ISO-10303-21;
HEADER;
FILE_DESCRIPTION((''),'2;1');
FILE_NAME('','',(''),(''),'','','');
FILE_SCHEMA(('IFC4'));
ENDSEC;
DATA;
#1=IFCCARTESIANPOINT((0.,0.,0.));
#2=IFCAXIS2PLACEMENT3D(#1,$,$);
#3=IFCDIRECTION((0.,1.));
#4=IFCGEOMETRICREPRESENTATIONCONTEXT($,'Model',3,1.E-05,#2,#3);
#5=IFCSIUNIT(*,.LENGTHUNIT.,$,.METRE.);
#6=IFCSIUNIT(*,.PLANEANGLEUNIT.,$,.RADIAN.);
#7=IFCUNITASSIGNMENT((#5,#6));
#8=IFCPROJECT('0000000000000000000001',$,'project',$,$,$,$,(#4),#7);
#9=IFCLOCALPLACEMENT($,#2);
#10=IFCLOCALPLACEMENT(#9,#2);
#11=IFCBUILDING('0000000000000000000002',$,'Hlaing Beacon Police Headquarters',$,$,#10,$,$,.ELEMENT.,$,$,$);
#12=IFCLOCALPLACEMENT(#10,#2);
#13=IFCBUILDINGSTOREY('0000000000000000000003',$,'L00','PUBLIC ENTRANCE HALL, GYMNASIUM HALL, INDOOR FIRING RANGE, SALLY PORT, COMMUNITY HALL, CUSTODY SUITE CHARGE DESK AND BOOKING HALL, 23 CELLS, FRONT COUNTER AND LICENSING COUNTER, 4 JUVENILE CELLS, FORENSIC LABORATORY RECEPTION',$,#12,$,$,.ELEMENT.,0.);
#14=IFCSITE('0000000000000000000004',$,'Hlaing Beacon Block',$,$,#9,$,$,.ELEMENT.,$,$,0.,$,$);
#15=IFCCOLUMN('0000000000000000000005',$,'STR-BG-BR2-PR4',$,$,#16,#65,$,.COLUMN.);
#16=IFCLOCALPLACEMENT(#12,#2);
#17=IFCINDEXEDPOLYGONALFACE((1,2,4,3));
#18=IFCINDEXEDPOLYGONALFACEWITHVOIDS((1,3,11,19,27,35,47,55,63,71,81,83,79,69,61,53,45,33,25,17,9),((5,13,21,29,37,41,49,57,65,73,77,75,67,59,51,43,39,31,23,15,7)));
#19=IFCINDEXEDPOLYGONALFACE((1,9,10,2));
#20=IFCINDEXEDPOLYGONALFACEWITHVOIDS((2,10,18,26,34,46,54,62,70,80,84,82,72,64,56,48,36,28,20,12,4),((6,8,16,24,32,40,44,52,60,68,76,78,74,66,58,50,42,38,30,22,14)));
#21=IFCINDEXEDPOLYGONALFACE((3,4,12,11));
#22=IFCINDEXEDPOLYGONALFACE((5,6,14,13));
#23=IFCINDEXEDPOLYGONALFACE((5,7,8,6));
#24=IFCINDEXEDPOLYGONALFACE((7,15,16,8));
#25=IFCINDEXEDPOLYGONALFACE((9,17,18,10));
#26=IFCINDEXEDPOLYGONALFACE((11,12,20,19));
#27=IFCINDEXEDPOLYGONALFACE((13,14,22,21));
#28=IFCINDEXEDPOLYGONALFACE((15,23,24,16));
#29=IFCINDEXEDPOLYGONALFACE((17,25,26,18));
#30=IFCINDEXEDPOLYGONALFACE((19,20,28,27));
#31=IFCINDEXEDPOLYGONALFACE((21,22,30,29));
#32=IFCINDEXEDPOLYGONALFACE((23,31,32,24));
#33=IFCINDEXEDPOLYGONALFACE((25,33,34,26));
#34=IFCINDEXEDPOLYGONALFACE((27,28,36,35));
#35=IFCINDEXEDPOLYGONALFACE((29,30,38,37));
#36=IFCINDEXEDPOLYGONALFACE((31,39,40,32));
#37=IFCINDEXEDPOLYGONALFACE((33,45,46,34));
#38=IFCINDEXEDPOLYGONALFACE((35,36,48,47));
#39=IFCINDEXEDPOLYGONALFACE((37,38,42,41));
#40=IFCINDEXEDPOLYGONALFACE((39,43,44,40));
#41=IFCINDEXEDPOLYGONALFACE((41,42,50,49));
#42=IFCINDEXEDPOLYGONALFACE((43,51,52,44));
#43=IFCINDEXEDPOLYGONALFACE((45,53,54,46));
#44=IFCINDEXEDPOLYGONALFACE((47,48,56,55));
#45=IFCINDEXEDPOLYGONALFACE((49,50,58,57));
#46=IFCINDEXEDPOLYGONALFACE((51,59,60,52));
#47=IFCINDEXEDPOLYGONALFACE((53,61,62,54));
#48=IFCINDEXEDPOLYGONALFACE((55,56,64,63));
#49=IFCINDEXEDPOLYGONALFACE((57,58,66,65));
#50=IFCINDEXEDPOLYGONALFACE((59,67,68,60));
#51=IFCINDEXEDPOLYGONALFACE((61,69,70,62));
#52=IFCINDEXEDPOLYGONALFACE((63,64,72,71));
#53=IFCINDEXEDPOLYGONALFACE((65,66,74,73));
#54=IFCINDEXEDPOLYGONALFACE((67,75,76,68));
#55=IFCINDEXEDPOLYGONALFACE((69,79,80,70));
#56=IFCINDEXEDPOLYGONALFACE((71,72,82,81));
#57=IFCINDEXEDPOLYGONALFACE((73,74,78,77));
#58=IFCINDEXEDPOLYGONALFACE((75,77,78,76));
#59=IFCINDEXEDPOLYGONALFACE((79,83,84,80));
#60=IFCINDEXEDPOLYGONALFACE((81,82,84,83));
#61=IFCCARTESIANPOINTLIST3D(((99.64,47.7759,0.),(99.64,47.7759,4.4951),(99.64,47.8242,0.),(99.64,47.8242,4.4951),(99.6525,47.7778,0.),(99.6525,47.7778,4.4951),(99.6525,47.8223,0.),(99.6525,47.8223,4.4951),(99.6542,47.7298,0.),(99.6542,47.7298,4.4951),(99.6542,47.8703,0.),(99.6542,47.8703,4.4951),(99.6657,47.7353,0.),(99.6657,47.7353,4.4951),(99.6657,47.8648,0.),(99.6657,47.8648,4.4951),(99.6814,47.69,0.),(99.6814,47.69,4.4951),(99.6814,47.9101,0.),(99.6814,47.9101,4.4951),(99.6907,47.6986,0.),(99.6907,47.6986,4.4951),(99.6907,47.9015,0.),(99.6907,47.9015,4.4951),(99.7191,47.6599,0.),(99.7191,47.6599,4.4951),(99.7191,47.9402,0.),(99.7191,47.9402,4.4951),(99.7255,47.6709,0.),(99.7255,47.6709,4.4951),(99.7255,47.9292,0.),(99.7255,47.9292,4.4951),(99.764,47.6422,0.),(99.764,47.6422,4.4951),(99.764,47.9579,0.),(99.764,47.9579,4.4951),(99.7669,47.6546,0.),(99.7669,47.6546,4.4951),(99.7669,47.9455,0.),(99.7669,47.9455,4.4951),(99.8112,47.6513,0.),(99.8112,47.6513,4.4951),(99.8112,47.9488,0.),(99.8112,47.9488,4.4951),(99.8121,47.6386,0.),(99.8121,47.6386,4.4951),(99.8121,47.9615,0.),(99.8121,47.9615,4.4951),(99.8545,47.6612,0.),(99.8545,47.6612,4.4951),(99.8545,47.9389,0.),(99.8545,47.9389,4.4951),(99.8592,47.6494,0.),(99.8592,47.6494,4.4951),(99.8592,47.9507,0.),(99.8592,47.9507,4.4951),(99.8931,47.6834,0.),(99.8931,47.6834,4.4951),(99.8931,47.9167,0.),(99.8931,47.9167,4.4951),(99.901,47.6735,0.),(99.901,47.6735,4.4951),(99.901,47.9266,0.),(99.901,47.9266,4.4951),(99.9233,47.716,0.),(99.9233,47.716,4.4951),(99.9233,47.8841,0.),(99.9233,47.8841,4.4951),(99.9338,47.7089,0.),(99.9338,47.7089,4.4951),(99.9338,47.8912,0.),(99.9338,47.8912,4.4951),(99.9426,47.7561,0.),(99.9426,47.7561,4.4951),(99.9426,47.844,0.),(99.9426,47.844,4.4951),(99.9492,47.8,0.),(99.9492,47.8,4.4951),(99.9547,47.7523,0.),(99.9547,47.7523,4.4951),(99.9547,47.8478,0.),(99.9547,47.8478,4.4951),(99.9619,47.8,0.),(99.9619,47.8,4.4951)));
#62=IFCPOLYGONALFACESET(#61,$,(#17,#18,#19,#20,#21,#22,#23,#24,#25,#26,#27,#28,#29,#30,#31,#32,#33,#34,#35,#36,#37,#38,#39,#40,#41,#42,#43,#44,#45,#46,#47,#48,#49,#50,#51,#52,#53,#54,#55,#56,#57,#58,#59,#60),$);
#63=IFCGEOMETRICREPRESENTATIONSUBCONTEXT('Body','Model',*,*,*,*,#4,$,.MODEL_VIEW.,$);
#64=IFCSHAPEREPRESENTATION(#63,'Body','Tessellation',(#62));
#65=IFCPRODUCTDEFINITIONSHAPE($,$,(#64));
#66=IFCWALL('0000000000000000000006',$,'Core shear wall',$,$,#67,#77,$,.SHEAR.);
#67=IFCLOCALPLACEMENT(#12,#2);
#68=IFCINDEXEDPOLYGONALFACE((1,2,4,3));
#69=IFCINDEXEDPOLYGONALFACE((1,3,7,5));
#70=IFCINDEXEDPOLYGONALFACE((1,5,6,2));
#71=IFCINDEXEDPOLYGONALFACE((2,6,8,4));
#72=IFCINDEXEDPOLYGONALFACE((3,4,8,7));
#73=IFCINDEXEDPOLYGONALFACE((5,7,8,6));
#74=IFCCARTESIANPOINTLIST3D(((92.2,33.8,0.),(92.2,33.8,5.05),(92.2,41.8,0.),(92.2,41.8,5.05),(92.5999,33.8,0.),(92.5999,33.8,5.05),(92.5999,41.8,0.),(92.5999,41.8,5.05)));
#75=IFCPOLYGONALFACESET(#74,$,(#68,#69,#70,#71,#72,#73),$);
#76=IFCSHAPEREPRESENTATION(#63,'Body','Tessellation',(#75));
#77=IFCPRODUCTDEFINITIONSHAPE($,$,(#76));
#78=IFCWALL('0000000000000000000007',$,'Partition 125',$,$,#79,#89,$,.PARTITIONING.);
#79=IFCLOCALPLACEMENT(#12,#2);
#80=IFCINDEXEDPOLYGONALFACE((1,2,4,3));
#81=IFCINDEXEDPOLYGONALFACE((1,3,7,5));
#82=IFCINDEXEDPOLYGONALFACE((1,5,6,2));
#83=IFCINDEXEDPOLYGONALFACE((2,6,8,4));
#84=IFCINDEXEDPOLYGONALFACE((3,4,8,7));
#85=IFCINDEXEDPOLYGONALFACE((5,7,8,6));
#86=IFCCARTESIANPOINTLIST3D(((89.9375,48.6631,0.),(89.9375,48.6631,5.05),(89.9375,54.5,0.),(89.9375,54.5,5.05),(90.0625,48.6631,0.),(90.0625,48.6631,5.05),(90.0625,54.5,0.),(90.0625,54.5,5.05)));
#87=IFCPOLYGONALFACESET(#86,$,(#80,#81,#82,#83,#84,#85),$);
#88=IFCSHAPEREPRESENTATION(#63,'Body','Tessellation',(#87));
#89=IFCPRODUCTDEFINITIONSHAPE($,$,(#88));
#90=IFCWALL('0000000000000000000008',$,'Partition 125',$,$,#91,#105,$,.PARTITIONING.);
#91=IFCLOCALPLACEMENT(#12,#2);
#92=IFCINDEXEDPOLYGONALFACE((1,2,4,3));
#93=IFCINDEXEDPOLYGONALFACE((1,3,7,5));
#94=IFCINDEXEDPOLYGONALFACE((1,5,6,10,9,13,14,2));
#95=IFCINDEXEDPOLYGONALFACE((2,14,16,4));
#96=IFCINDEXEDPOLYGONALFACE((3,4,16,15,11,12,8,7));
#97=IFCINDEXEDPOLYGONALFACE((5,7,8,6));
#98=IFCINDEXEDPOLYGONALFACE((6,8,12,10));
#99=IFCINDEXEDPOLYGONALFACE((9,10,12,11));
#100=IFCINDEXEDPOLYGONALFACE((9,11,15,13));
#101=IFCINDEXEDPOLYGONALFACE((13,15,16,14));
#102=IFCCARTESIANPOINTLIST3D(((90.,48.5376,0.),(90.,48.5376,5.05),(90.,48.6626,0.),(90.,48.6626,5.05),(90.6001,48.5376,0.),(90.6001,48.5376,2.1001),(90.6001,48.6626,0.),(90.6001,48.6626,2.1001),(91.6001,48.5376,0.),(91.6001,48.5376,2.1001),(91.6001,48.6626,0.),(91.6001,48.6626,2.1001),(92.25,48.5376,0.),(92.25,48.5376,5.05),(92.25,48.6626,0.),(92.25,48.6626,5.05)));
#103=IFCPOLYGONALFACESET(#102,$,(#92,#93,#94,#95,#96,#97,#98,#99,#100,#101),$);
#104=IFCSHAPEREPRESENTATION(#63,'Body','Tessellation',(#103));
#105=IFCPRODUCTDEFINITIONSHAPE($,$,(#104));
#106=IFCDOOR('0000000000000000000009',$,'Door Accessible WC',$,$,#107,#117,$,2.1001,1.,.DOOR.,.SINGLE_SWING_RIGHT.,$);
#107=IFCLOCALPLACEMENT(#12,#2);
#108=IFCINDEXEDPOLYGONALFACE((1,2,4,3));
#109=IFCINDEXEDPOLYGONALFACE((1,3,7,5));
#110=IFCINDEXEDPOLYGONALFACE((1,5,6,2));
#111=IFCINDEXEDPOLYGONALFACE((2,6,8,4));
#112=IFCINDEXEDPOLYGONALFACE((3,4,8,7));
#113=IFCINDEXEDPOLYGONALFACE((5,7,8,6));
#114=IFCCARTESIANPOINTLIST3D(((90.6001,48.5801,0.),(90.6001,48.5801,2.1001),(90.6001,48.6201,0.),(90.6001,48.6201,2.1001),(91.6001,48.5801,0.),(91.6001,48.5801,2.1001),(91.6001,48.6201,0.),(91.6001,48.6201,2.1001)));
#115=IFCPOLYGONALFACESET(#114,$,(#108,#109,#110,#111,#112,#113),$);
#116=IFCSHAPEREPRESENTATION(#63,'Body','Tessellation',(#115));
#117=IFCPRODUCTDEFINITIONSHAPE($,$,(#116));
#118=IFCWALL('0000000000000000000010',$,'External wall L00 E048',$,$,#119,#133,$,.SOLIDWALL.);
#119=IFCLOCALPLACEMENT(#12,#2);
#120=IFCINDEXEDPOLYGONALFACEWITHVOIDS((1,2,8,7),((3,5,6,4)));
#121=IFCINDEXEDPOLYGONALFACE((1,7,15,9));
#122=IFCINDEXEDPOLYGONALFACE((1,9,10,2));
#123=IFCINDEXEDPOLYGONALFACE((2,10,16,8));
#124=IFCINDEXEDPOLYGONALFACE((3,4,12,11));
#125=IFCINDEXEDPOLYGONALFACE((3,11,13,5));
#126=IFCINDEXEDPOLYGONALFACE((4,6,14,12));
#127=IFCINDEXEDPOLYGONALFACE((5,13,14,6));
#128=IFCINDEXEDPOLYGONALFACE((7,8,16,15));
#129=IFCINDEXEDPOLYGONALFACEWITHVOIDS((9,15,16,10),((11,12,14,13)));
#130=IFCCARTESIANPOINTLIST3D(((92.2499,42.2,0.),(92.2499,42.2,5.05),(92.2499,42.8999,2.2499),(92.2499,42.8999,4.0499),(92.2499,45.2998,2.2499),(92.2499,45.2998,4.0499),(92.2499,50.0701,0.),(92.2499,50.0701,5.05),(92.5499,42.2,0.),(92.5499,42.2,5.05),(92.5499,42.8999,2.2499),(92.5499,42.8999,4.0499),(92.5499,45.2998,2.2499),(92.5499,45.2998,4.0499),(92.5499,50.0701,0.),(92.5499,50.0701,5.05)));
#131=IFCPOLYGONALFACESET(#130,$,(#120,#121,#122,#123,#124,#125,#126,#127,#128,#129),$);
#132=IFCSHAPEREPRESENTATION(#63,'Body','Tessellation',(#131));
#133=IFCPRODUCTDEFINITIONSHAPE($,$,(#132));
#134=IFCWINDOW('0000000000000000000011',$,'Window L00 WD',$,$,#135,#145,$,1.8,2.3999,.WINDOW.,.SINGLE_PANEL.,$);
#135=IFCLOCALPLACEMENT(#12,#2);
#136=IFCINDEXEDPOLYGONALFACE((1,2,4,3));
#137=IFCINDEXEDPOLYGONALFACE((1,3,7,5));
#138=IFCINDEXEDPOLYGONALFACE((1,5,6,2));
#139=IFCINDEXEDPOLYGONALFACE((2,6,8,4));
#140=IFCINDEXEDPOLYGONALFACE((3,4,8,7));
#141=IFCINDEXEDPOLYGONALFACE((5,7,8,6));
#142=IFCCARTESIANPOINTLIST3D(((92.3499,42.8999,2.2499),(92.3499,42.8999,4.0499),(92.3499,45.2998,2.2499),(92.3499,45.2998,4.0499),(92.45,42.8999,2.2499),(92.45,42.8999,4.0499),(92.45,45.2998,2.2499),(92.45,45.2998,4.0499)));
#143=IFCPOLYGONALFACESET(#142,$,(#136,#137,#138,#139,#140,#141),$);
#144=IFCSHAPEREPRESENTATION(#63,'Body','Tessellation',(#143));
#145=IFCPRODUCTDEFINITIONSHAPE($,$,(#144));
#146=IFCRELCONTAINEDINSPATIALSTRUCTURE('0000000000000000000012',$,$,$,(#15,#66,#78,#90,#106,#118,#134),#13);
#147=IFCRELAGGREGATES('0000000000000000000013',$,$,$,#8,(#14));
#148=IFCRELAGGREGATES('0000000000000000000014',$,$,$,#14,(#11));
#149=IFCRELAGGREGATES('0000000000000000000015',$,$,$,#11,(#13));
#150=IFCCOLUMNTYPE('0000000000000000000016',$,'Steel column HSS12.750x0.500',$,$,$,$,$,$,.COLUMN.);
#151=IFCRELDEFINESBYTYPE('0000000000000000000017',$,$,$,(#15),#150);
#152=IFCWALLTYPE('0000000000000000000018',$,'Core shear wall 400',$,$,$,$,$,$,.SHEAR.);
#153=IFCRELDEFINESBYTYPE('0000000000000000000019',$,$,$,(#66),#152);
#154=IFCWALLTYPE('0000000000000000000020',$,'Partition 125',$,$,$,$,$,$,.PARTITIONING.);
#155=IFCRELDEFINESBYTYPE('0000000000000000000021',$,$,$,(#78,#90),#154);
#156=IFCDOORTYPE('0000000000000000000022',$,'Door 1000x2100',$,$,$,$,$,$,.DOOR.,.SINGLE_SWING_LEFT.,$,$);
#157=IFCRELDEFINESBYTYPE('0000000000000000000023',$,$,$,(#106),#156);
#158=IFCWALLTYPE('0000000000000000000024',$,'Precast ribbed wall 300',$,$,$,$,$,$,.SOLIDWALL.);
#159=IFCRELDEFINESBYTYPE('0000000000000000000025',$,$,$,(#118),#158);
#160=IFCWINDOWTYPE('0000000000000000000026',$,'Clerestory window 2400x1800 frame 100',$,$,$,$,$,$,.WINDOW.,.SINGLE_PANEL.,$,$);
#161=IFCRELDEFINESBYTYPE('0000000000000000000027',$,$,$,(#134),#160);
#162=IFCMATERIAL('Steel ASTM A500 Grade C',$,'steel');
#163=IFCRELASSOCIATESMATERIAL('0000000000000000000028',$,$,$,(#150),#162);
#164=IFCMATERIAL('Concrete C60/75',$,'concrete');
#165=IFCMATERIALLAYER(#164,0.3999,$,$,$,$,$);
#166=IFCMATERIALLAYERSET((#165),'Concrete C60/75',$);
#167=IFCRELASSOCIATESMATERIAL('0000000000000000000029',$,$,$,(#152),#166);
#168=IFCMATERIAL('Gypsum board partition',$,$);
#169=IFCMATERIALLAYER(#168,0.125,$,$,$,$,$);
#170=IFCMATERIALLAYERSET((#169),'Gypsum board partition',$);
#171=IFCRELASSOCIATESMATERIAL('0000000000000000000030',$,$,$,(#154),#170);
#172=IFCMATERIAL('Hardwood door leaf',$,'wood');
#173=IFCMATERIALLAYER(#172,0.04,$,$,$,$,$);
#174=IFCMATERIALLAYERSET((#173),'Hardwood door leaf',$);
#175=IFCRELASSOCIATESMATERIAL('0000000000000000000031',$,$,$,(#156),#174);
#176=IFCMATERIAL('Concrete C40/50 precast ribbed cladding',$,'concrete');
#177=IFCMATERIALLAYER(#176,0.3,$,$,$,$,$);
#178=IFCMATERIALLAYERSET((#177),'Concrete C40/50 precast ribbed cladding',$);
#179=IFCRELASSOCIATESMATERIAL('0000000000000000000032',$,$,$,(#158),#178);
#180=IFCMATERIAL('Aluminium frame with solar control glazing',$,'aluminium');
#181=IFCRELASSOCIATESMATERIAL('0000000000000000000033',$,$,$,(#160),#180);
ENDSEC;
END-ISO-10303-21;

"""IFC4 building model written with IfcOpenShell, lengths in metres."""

from ifc_helpers import new_model, si_unit, direction, frame, frame_2d, origin, origin_2d, place, context, subcontext, project, spatial, rectangle, hollow_circle, extrude, material, layer, layer_set, material_profile, profile_set, type_object, element, fill, save


model = new_model("IFC4")

# Units and contexts
model_context = context("Model", 3, precision=1e-05, world=origin(), true_north=direction((0.0, 1.0)))
body_context = subcontext(model_context, "Body", "Model", "MODEL_VIEW")
ifc_project = project(units=[si_unit("LENGTHUNIT", "METRE"), si_unit("PLANEANGLEUNIT", "RADIAN")], contexts=[model_context])

# Site, building, storey
site_placement = place(None, origin())
site = spatial("IfcSite", under=ifc_project, at=site_placement, Name="Hlaing Beacon Block", CompositionType="ELEMENT", RefElevation=0.0)
building_placement = place(site_placement, origin())
building = spatial("IfcBuilding", under=site, at=building_placement, Name="Hlaing Beacon Police Headquarters", CompositionType="ELEMENT")
storey_placement = place(building_placement, origin())
storey = spatial("IfcBuildingStorey", under=building, at=storey_placement, Name="L00", Description="PUBLIC ENTRANCE HALL, GYMNASIUM HALL, INDOOR FIRING RANGE, SALLY PORT, COMMUNITY HALL, CUSTODY SUITE CHARGE DESK AND BOOKING HALL, 23 CELLS, FRONT COUNTER AND LICENSING COUNTER, 4 JUVENILE CELLS, FORENSIC LABORATORY RECEPTION", CompositionType="ELEMENT", Elevation=0.0)

# Column
ifc_material_1 = material(Name="Steel ASTM A500 Grade C", Category="steel")
ifc_material_profile_1 = material_profile(ifc_material_1, hollow_circle(Radius=0.1619, WallThickness=0.0127, at=origin_2d()), Name="HSS12.750x0.500")
ifc_profile_set_1 = profile_set([ifc_material_profile_1], Name="Steel ASTM A500 Grade C")
column_type_1 = type_object("IfcColumnType", Name="Steel column HSS12.750x0.500", PredefinedType="COLUMN", material=ifc_profile_set_1)
for number, where, z_axis, x_axis, name in (
    (1, (99.8, 47.8, 0.0), (0.0, 0.0, 1.0), (1.0, 0.0, 0.0), "STR-BG-BR2-PR4"),
):
    element("IfcColumn", number, at=place(storey_placement, frame(where, z_axis=z_axis, x_axis=x_axis)), inside=storey, type_object=column_type_1, Name=name, PredefinedType="COLUMN", context=body_context, shape_type="SweptSolid", body=[
        extrude(hollow_circle(Radius=0.1619, WallThickness=0.0127, at=origin_2d()), origin(), (0.0, 0.0, 1.0), 4.4951),
    ])

# Wall
ifc_material_2 = material(Name="Concrete C60/75", Category="concrete")
ifc_layer_1 = layer(ifc_material_2, 0.3999)
ifc_layer_set_1 = layer_set([ifc_layer_1], Name="Concrete C60/75")
wall_type_1 = type_object("IfcWallType", Name="Core shear wall 400", PredefinedType="SHEAR", material=ifc_layer_set_1)
wall_1_placement = place(storey_placement, frame((92.3999, 33.8, 0.0), z_axis=(0.0, 0.0, 1.0), x_axis=(0.0, 1.0, 0.0)))
element("IfcWall", 2, at=wall_1_placement, inside=storey, type_object=wall_type_1, Name="Core shear wall", PredefinedType="SHEAR", context=body_context, shape_type="SweptSolid", body=[
    extrude(rectangle(XDim=8.0, YDim=0.3999, at=frame_2d((4.0, 0.0))), origin(), (0.0, 0.0, 1.0), 5.05),
])

# Wall
ifc_material_3 = material(Name="Gypsum board partition")
ifc_layer_2 = layer(ifc_material_3, 0.125)
ifc_layer_set_2 = layer_set([ifc_layer_2], Name="Gypsum board partition")
wall_type_2 = type_object("IfcWallType", Name="Partition 125", PredefinedType="PARTITIONING", material=ifc_layer_set_2)
wall_2_placement = place(storey_placement, frame((90.0, 48.6631, 0.0), z_axis=(0.0, 0.0, 1.0), x_axis=(0.0, 1.0, 0.0)))
element("IfcWall", 3, at=wall_2_placement, inside=storey, type_object=wall_type_2, Name="Partition 125", PredefinedType="PARTITIONING", context=body_context, shape_type="SweptSolid", body=[
    extrude(rectangle(XDim=5.8369, YDim=0.125, at=frame_2d((2.9185, 0.0))), origin(), (0.0, 0.0, 1.0), 5.05),
])

# Wall, opening, door
wall_3_placement = place(storey_placement, frame((90.0, 48.6001, 0.0), z_axis=(0.0, 0.0, 1.0), x_axis=(1.0, 0.0, 0.0)))
wall_3 = element("IfcWall", 4, at=wall_3_placement, inside=storey, type_object=wall_type_2, Name="Partition 125", PredefinedType="PARTITIONING", context=body_context, shape_type="SweptSolid", body=[
    extrude(rectangle(XDim=2.25, YDim=0.125, at=frame_2d((1.125, 0.0))), origin(), (0.0, 0.0, 1.0), 5.05),
])
opening_1_placement = place(wall_3_placement, frame((0.6001, 0.0, 0.0)))
opening_1 = element("IfcOpeningElement", 5, at=opening_1_placement, cuts=wall_3, PredefinedType="OPENING", context=body_context, shape_type="SweptSolid", body=[
    extrude(rectangle(XDim=1.0, YDim=2.1001, at=frame_2d((0.5, 1.05))), frame((0.0, 0.0725, 0.0), z_axis=(0.0, -1.0, 0.0), x_axis=(1.0, 0.0, 0.0)), (0.0, 0.0, 1.0), 0.145),
])
ifc_material_4 = material(Name="Hardwood door leaf", Category="wood")
ifc_layer_3 = layer(ifc_material_4, 0.04)
ifc_layer_set_3 = layer_set([ifc_layer_3], Name="Hardwood door leaf")
door_type_1 = type_object("IfcDoorType", Name="Door 1000x2100", OperationType="SINGLE_SWING_LEFT", PredefinedType="DOOR", material=ifc_layer_set_3)
door_1_placement = place(opening_1_placement, origin())
door_1 = element("IfcDoor", 6, at=door_1_placement, inside=storey, type_object=door_type_1, Name="Door Accessible WC", OperationType="SINGLE_SWING_RIGHT", OverallHeight=2.1001, OverallWidth=1.0, PredefinedType="DOOR", context=body_context, shape_type="SweptSolid", body=[
    extrude(rectangle(XDim=1.0, YDim=2.1001, at=frame_2d((0.5, 1.05))), frame((0.0, 0.02, 0.0), z_axis=(0.0, -1.0, 0.0), x_axis=(1.0, 0.0, 0.0)), (0.0, 0.0, 1.0), 0.04),
])
fill(opening_1, door_1)

# Wall, opening, window
ifc_material_5 = material(Name="Concrete C40/50 precast ribbed cladding", Category="concrete")
ifc_layer_4 = layer(ifc_material_5, 0.3)
ifc_layer_set_4 = layer_set([ifc_layer_4], Name="Concrete C40/50 precast ribbed cladding")
wall_type_3 = type_object("IfcWallType", Name="Precast ribbed wall 300", PredefinedType="SOLIDWALL", material=ifc_layer_set_4)
wall_4_placement = place(storey_placement, frame((92.3999, 42.2, 0.0), z_axis=(0.0, 0.0, 1.0), x_axis=(0.0, 1.0, 0.0)))
wall_4 = element("IfcWall", 7, at=wall_4_placement, inside=storey, type_object=wall_type_3, Name="External wall L00 E048", PredefinedType="SOLIDWALL", context=body_context, shape_type="SweptSolid", body=[
    extrude(rectangle(XDim=7.8701, YDim=0.3, at=frame_2d((3.9351, 0.0))), origin(), (0.0, 0.0, 1.0), 5.05),
])
opening_2_placement = place(wall_4_placement, frame((0.7, 0.0, 2.25)))
opening_2 = element("IfcOpeningElement", 8, at=opening_2_placement, cuts=wall_4, PredefinedType="OPENING", context=body_context, shape_type="SweptSolid", body=[
    extrude(rectangle(XDim=2.3999, YDim=1.8, at=frame_2d((1.2, 0.8999))), frame((0.0, 0.1602, 0.0), z_axis=(0.0, -1.0, 0.0), x_axis=(1.0, 0.0, 0.0)), (0.0, 0.0, 1.0), 0.3201),
])
ifc_material_6 = material(Name="Aluminium frame with solar control glazing", Category="aluminium")
window_type = type_object("IfcWindowType", Name="Clerestory window 2400x1800 frame 100", PartitioningType="SINGLE_PANEL", PredefinedType="WINDOW", material=ifc_material_6)
window_placement = place(opening_2_placement, origin())
window = element("IfcWindow", 9, at=window_placement, inside=storey, type_object=window_type, Name="Window L00 WD", OverallHeight=1.8, OverallWidth=2.3999, PartitioningType="SINGLE_PANEL", PredefinedType="WINDOW", context=body_context, shape_type="SweptSolid", body=[
    extrude(rectangle(XDim=2.3999, YDim=1.8, at=frame_2d((1.2, 0.8999))), frame((0.0, 0.05, 0.0), z_axis=(0.0, -1.0, 0.0), x_axis=(1.0, 0.0, 0.0)), (0.0, 0.0, 1.0), 0.1001),
])
fill(opening_2, window)

save(model, "model.ifc")
